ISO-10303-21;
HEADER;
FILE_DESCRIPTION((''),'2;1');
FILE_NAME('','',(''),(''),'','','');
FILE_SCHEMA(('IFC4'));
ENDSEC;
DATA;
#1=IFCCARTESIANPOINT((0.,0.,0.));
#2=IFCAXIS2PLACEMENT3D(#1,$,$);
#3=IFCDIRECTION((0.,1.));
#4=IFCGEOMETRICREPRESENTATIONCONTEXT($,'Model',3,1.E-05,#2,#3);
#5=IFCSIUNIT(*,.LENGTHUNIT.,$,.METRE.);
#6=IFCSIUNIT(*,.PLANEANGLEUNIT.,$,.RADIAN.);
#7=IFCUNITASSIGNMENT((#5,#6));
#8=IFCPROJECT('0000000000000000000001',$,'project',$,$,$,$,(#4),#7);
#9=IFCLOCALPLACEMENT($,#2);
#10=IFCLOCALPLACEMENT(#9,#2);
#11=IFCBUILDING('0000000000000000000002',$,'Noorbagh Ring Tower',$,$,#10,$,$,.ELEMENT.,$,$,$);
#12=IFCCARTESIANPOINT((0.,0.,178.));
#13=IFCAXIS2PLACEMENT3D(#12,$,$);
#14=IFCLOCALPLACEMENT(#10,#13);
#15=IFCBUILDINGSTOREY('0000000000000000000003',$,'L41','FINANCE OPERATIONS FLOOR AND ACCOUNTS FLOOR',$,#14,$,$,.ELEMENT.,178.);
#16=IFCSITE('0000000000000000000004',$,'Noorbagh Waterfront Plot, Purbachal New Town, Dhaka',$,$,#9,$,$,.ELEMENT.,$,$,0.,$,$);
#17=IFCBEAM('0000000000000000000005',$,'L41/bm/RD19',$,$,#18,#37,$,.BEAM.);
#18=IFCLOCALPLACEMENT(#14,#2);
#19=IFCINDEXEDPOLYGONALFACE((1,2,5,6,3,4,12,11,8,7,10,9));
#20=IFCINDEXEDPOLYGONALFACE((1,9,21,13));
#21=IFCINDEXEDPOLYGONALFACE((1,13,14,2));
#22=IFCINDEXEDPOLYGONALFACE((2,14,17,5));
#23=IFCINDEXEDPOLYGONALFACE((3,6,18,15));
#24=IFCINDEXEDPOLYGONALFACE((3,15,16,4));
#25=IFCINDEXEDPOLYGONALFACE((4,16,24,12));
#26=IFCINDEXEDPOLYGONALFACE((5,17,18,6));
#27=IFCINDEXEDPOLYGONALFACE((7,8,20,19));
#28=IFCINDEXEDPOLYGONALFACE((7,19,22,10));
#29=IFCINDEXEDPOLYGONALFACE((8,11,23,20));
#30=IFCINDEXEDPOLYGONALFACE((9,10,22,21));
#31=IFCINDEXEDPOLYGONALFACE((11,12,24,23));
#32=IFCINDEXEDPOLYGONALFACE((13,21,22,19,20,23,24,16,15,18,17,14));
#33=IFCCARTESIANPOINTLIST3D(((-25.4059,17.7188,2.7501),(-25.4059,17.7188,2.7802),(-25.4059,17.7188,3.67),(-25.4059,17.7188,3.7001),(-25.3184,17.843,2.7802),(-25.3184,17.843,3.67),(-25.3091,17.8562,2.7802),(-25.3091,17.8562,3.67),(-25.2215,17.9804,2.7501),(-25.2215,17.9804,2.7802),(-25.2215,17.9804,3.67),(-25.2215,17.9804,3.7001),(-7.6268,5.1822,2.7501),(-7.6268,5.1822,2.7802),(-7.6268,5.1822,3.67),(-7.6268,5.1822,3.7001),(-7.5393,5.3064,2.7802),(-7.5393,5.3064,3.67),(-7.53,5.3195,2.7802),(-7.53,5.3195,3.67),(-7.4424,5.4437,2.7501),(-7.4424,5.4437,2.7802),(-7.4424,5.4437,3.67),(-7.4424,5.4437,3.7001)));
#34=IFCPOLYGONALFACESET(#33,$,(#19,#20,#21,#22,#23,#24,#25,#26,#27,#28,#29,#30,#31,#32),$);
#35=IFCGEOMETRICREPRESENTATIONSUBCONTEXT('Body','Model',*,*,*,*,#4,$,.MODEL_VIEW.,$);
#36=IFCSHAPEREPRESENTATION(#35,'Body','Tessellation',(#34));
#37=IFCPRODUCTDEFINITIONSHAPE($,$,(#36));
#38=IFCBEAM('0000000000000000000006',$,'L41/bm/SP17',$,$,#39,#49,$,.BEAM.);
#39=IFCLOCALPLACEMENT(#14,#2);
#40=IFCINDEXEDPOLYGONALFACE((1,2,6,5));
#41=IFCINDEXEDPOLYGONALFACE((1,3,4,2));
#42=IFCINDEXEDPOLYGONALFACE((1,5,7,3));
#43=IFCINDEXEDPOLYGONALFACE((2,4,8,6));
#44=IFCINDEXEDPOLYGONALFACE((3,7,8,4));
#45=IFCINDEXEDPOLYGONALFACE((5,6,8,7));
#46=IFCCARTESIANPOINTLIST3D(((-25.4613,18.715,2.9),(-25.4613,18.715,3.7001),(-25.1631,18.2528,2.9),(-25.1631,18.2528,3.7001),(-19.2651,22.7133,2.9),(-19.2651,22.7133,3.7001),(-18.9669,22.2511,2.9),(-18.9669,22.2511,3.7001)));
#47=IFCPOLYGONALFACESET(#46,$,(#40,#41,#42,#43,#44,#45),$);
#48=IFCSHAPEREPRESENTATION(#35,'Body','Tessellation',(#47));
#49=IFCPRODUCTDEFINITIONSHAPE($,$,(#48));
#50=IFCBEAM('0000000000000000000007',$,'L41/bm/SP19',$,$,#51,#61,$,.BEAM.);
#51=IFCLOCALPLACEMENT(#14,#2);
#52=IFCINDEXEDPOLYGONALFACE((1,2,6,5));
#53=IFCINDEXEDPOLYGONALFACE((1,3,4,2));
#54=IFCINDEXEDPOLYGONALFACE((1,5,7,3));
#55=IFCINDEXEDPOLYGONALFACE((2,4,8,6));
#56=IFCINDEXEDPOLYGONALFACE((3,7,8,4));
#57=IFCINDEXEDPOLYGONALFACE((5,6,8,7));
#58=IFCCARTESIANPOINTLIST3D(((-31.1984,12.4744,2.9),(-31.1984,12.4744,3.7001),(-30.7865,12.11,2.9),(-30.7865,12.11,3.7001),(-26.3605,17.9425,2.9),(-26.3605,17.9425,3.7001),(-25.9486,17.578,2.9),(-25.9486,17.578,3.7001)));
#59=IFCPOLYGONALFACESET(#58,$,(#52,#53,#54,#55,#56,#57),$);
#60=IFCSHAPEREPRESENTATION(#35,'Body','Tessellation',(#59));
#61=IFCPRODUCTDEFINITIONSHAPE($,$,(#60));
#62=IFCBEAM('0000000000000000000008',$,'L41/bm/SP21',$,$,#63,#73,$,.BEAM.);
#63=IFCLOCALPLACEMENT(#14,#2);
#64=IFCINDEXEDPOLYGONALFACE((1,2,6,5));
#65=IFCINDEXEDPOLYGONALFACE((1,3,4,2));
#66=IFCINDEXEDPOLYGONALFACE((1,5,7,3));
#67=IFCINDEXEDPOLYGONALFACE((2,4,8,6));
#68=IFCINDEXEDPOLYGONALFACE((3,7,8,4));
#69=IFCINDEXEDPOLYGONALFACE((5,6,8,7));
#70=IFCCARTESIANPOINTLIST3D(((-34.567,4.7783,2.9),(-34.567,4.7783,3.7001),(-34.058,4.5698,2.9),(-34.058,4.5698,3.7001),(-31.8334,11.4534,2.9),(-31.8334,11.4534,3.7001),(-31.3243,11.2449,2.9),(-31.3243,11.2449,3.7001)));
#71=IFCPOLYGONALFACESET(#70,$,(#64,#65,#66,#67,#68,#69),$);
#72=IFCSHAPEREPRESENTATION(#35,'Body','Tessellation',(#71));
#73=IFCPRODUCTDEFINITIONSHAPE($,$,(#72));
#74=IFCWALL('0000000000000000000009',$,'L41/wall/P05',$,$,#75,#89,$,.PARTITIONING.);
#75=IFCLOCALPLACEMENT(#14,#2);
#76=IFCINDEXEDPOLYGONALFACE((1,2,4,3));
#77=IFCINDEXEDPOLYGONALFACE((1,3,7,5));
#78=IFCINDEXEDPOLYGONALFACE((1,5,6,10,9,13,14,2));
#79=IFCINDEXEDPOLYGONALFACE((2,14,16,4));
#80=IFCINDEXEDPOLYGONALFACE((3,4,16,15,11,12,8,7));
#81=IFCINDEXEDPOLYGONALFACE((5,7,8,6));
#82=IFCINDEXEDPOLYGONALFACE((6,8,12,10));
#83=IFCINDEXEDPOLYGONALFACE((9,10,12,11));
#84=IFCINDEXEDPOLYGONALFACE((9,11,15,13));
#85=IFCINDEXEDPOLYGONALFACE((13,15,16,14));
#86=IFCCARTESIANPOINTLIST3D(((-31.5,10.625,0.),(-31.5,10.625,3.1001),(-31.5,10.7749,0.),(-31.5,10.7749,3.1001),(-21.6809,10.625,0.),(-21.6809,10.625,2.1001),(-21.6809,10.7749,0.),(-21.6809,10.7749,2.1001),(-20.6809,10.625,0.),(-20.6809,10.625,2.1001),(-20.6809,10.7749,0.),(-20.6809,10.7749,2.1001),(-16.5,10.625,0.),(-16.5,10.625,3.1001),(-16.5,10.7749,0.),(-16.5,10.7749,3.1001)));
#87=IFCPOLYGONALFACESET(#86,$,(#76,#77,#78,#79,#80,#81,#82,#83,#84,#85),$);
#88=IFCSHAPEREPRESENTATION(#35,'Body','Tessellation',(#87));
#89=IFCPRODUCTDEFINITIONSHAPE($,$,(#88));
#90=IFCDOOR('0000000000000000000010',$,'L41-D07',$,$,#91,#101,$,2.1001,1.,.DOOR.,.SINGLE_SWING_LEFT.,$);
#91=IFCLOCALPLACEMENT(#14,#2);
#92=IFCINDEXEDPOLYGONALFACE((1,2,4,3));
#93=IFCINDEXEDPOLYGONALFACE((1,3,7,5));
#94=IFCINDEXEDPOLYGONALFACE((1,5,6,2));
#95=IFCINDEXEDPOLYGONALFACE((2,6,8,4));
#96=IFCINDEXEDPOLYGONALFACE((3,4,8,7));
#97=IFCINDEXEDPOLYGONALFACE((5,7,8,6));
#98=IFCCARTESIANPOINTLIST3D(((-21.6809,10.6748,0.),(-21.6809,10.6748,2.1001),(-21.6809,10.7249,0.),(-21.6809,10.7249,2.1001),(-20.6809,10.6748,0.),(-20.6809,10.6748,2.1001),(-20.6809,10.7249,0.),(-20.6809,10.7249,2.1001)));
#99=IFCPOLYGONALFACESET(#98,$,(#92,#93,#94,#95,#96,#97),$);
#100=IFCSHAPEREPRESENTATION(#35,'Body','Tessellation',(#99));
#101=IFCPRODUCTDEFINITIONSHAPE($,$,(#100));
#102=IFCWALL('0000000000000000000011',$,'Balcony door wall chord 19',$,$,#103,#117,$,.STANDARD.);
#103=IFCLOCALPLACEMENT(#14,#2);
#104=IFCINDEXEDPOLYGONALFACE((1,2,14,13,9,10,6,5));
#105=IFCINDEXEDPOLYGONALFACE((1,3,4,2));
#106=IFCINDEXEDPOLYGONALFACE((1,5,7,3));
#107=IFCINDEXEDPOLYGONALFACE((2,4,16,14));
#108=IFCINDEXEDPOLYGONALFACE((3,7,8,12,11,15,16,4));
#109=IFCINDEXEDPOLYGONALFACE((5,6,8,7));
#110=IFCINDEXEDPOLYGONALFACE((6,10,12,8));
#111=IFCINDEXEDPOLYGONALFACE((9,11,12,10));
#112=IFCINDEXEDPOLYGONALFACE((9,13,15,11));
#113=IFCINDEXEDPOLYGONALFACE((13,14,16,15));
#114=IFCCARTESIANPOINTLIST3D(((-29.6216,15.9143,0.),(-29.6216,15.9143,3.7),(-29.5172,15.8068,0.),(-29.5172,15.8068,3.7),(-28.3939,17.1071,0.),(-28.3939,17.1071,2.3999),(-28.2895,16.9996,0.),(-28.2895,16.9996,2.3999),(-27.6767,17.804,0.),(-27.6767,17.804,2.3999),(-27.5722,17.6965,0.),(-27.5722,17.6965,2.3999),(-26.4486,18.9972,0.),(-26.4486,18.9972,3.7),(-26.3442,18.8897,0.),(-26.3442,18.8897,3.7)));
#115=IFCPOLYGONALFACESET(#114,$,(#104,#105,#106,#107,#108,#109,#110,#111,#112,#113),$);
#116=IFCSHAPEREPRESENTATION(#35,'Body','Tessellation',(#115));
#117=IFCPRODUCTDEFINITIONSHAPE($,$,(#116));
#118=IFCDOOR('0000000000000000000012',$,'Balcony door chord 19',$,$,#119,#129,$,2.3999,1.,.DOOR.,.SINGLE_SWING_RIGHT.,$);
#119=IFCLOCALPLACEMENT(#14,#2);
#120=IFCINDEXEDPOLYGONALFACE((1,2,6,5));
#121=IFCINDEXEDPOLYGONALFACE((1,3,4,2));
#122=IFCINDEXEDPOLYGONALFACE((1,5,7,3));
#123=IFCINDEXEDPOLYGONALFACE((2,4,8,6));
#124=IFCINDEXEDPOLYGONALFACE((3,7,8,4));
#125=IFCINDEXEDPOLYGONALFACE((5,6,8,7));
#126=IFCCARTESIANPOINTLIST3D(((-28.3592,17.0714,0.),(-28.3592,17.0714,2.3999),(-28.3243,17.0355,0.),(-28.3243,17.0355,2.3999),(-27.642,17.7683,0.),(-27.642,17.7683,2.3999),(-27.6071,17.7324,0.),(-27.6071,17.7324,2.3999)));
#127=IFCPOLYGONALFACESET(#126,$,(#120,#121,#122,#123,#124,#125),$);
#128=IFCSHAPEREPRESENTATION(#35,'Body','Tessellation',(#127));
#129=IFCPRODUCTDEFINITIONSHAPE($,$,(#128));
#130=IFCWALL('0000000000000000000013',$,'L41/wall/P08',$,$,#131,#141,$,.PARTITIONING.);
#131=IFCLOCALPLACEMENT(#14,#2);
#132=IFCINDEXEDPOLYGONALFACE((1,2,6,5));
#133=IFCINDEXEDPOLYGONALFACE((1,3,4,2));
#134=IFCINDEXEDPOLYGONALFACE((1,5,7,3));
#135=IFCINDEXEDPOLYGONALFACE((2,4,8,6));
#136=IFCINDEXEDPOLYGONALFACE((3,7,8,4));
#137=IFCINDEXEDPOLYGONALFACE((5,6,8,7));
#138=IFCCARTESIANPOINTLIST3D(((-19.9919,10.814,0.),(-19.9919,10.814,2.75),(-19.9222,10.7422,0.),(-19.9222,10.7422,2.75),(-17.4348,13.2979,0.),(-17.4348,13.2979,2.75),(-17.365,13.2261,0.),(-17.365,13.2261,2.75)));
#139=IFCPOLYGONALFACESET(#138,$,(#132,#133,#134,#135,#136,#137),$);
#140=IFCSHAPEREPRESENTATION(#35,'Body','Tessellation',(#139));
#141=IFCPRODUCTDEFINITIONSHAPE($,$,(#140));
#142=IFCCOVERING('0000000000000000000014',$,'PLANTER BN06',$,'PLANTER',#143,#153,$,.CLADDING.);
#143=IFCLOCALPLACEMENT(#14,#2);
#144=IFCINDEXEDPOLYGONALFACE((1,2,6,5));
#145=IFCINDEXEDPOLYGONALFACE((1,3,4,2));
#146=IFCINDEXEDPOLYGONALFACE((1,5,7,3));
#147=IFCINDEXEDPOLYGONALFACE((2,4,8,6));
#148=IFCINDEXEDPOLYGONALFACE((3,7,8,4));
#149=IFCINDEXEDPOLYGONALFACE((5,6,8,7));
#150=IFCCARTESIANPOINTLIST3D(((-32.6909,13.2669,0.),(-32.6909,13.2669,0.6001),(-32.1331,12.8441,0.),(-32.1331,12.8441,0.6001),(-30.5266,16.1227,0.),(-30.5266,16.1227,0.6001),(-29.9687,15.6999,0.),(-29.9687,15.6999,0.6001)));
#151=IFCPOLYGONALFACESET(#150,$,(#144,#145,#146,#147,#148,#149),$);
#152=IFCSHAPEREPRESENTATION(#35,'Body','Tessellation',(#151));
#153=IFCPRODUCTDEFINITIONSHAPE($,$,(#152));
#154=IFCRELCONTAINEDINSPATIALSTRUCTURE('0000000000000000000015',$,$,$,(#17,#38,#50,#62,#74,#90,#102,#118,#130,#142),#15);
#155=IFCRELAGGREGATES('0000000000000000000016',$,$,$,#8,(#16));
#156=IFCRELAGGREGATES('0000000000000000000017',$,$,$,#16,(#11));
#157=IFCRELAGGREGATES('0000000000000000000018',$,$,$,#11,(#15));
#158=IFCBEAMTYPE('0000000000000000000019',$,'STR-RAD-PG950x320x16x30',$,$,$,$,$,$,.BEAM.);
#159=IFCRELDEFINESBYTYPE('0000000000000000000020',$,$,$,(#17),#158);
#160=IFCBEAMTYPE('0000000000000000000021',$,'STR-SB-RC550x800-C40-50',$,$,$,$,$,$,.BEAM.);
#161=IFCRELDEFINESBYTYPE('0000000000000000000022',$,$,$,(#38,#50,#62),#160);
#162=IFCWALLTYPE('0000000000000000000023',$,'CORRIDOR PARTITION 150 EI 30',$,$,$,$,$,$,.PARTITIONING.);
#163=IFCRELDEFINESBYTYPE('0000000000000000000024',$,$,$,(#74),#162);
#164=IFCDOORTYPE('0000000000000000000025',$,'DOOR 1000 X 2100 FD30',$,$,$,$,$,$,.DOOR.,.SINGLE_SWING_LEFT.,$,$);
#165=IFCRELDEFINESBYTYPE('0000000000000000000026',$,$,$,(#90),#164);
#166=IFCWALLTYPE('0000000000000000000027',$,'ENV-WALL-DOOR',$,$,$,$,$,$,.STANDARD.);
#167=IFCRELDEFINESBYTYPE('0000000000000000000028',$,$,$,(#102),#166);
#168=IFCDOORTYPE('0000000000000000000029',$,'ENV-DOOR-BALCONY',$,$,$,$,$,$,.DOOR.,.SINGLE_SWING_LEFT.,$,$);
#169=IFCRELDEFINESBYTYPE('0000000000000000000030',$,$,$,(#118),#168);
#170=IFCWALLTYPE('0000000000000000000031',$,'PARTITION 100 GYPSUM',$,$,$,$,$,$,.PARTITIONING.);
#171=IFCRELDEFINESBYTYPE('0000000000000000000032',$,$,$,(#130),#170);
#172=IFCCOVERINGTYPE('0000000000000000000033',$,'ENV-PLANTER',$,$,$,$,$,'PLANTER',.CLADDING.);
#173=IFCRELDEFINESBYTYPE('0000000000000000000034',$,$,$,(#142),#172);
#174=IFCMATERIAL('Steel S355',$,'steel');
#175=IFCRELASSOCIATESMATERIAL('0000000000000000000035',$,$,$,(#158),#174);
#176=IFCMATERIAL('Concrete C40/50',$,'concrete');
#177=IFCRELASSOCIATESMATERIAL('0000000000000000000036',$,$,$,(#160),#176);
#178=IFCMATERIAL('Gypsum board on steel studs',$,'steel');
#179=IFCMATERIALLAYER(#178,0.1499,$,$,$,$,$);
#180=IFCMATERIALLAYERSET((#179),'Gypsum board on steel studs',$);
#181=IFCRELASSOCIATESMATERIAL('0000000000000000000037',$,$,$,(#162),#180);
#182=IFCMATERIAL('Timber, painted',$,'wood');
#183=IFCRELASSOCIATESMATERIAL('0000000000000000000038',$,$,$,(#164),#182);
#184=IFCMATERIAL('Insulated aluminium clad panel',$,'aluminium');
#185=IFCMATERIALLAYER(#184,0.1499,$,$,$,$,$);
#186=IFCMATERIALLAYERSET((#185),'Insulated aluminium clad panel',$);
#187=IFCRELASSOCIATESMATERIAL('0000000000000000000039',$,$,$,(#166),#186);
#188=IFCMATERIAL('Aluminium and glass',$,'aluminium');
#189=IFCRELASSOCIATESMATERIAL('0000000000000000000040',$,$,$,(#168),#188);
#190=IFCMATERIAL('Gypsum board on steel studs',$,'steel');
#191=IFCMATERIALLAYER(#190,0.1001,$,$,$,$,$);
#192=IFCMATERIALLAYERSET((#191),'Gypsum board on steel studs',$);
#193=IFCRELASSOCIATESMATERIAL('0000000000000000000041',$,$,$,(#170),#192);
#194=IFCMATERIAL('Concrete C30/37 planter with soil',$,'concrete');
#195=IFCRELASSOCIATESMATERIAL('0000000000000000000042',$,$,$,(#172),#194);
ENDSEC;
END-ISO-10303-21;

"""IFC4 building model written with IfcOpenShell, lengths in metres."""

from ifc_helpers import new_model, si_unit, direction, frame, frame_2d, origin, origin_2d, place, context, subcontext, project, spatial, rectangle, i_section, extrude, material, layer, layer_set, material_profile, profile_set, type_object, element, fill, save


model = new_model("IFC4")

# Units and contexts
model_context = context("Model", 3, precision=1e-05, world=origin(), true_north=direction((0.0, 1.0)))
body_context = subcontext(model_context, "Body", "Model", "MODEL_VIEW")
ifc_project = project(units=[si_unit("LENGTHUNIT", "METRE"), si_unit("PLANEANGLEUNIT", "RADIAN")], contexts=[model_context])

# Site, building, storey
site_placement = place(None, origin())
site = spatial("IfcSite", under=ifc_project, at=site_placement, Name="Noorbagh Waterfront Plot, Purbachal New Town, Dhaka", CompositionType="ELEMENT", RefElevation=0.0)
building_placement = place(site_placement, origin())
building = spatial("IfcBuilding", under=site, at=building_placement, Name="Noorbagh Ring Tower", CompositionType="ELEMENT")
storey_placement = place(building_placement, frame((0.0, 0.0, 178.0)))
storey = spatial("IfcBuildingStorey", under=building, at=storey_placement, Name="L41", Description="FINANCE OPERATIONS FLOOR AND ACCOUNTS FLOOR", CompositionType="ELEMENT", Elevation=178.0)

# Beams
ifc_material_1 = material(Name="Steel S355", Category="steel")
ifc_material_profile_1 = material_profile(ifc_material_1, i_section(OverallWidth=0.3201, OverallDepth=0.95, WebThickness=0.0161, FlangeThickness=0.03, at=origin_2d()), Name="PG950x320x16x30")
ifc_profile_set_1 = profile_set([ifc_material_profile_1], Name="Steel S355")
beam_type_1 = type_object("IfcBeamType", Name="STR-RAD-PG950x320x16x30", PredefinedType="BEAM", material=ifc_profile_set_1)
beam_1_placement = place(storey_placement, frame((-25.3137, 17.8496, 3.2251), z_axis=(0.817256, -0.576275, 0.0), x_axis=(0.576275, 0.817256, 0.0)))
element("IfcBeam", 1, at=beam_1_placement, inside=storey, type_object=beam_type_1, Name="L41/bm/RD19", PredefinedType="BEAM", context=body_context, shape_type="SweptSolid", body=[
    extrude(i_section(OverallWidth=0.3201, OverallDepth=0.95, WebThickness=0.0161, FlangeThickness=0.03, at=origin_2d()), origin(), (0.0, 0.0, 1.0), 21.7546),
])
ifc_material_2 = material(Name="Concrete C40/50", Category="concrete")
ifc_material_profile_2 = material_profile(ifc_material_2, rectangle(XDim=0.55, YDim=0.8, at=origin_2d()), Name="RC550x800")
ifc_profile_set_2 = profile_set([ifc_material_profile_2], Name="Concrete C40/50")
beam_type_2 = type_object("IfcBeamType", Name="STR-SB-RC550x800-C40-50", PredefinedType="BEAM", material=ifc_profile_set_2)
beam_2_placement = place(storey_placement, frame((-19.116, 22.4822, 3.3), z_axis=(-0.840254, -0.542192, 0.0), x_axis=(0.542192, -0.840254, 0.0)))
element("IfcBeam", 2, at=beam_2_placement, inside=storey, type_object=beam_type_2, Name="L41/bm/SP17", PredefinedType="BEAM", context=body_context, shape_type="SweptSolid", body=[
    extrude(rectangle(XDim=0.55, YDim=0.8, at=origin_2d()), origin(), (0.0, 0.0, 1.0), 7.3743),
])
beam_3_placement = place(storey_placement, frame((-26.1545, 17.7603, 3.3), z_axis=(-0.662635, -0.748942, 0.0), x_axis=(0.748942, -0.662635, 0.0)))
element("IfcBeam", 3, at=beam_3_placement, inside=storey, type_object=beam_type_2, Name="L41/bm/SP19", PredefinedType="BEAM", context=body_context, shape_type="SweptSolid", body=[
    extrude(rectangle(XDim=0.55, YDim=0.8, at=origin_2d()), origin(), (0.0, 0.0, 1.0), 7.301),
])
beam_4_placement = place(storey_placement, frame((-31.5789, 11.3491, 3.3), z_axis=(-0.378982, -0.925404, 0.0), x_axis=(0.925404, -0.378982, 0.0)))
element("IfcBeam", 4, at=beam_4_placement, inside=storey, type_object=beam_type_2, Name="L41/bm/SP21", PredefinedType="BEAM", context=body_context, shape_type="SweptSolid", body=[
    extrude(rectangle(XDim=0.55, YDim=0.8, at=origin_2d()), origin(), (0.0, 0.0, 1.0), 7.2131),
])

# Walls, openings, doors
ifc_material_3 = material(Name="Gypsum board on steel studs", Category="steel")
ifc_layer_1 = layer(ifc_material_3, 0.1499)
ifc_layer_set_1 = layer_set([ifc_layer_1], Name="Gypsum board on steel studs")
wall_type_1 = type_object("IfcWallType", Name="CORRIDOR PARTITION 150 EI 30", PredefinedType="PARTITIONING", material=ifc_layer_set_1)
wall_1_placement = place(storey_placement, frame((-31.5, 10.7, 0.0), z_axis=(0.0, 0.0, 1.0), x_axis=(1.0, 0.0, 0.0)))
wall_1 = element("IfcWall", 5, at=wall_1_placement, inside=storey, type_object=wall_type_1, Name="L41/wall/P05", PredefinedType="PARTITIONING", context=body_context, shape_type="SweptSolid", body=[
    extrude(rectangle(XDim=15.0, YDim=0.1499, at=frame_2d((7.5, 0.0))), origin(), (0.0, 0.0, 1.0), 3.1001),
])
opening_1_placement = place(wall_1_placement, frame((9.8191, 0.0, 0.0)))
opening_1 = element("IfcOpeningElement", 6, at=opening_1_placement, cuts=wall_1, PredefinedType="OPENING", context=body_context, shape_type="SweptSolid", body=[
    extrude(rectangle(XDim=1.0, YDim=2.1001, at=frame_2d((0.5, 1.05))), frame((0.0, 0.085, 0.0), z_axis=(0.0, -1.0, 0.0), x_axis=(1.0, 0.0, 0.0)), (0.0, 0.0, 1.0), 0.1699),
])
ifc_material_4 = material(Name="Timber, painted", Category="wood")
door_type_1 = type_object("IfcDoorType", Name="DOOR 1000 X 2100 FD30", OperationType="SINGLE_SWING_LEFT", PredefinedType="DOOR", material=ifc_material_4)
door_1_placement = place(opening_1_placement, origin())
door_1 = element("IfcDoor", 7, at=door_1_placement, inside=storey, type_object=door_type_1, Name="L41-D07", OperationType="SINGLE_SWING_LEFT", OverallHeight=2.1001, OverallWidth=1.0, PredefinedType="DOOR", context=body_context, shape_type="SweptSolid", body=[
    extrude(rectangle(XDim=1.0, YDim=2.1001, at=frame_2d((0.5, 1.05))), frame((0.0, 0.0249, 0.0), z_axis=(0.0, -1.0, 0.0), x_axis=(1.0, 0.0, 0.0)), (0.0, 0.0, 1.0), 0.05),
])
fill(opening_1, door_1)
ifc_material_5 = material(Name="Insulated aluminium clad panel", Category="aluminium")
ifc_layer_2 = layer(ifc_material_5, 0.1499)
ifc_layer_set_2 = layer_set([ifc_layer_2], Name="Insulated aluminium clad panel")
wall_type_2 = type_object("IfcWallType", Name="ENV-WALL-DOOR", PredefinedType="STANDARD", material=ifc_layer_set_2)
wall_2_placement = place(storey_placement, frame((-26.3965, 18.9434, 0.0), z_axis=(0.0, 0.0, 1.0), x_axis=(-0.717215, -0.696852, 0.0)))
wall_2 = element("IfcWall", 8, at=wall_2_placement, inside=storey, type_object=wall_type_2, Name="Balcony door wall chord 19", PredefinedType="STANDARD", context=body_context, shape_type="SweptSolid", body=[
    extrude(rectangle(XDim=4.4241, YDim=0.1499, at=frame_2d((2.2119, 0.0))), origin(), (0.0, 0.0, 1.0), 3.7),
])
opening_2_placement = place(wall_2_placement, frame((1.7122, 0.0, 0.0)))
opening_2 = element("IfcOpeningElement", 9, at=opening_2_placement, cuts=wall_2, PredefinedType="OPENING", context=body_context, shape_type="SweptSolid", body=[
    extrude(rectangle(XDim=1.0, YDim=2.3999, at=frame_2d((0.5, 1.2))), frame((0.0, 0.085, 0.0), z_axis=(0.0, -1.0, 0.0), x_axis=(1.0, 0.0, 0.0)), (0.0, 0.0, 1.0), 0.1699),
])
ifc_material_6 = material(Name="Aluminium and glass", Category="aluminium")
door_type_2 = type_object("IfcDoorType", Name="ENV-DOOR-BALCONY", OperationType="SINGLE_SWING_LEFT", PredefinedType="DOOR", material=ifc_material_6)
door_2_placement = place(opening_2_placement, origin())
door_2 = element("IfcDoor", 10, at=door_2_placement, inside=storey, type_object=door_type_2, Name="Balcony door chord 19", OperationType="SINGLE_SWING_RIGHT", OverallHeight=2.3999, OverallWidth=1.0, PredefinedType="DOOR", context=body_context, shape_type="SweptSolid", body=[
    extrude(rectangle(XDim=1.0, YDim=2.3999, at=frame_2d((0.5, 1.2))), frame((0.0, 0.0249, 0.0), z_axis=(0.0, -1.0, 0.0), x_axis=(1.0, 0.0, 0.0)), (0.0, 0.0, 1.0), 0.05),
])
fill(opening_2, door_2)

# Wall
ifc_material_7 = material(Name="Gypsum board on steel studs", Category="steel")
ifc_layer_3 = layer(ifc_material_7, 0.1001)
ifc_layer_set_3 = layer_set([ifc_layer_3], Name="Gypsum board on steel studs")
wall_type_3 = type_object("IfcWallType", Name="PARTITION 100 GYPSUM", PredefinedType="PARTITIONING", material=ifc_layer_set_3)
wall_3_placement = place(storey_placement, frame((-19.957, 10.7781, 0.0), z_axis=(0.0, 0.0, 1.0), x_axis=(0.717305, 0.69676, 0.0)))
element("IfcWall", 11, at=wall_3_placement, inside=storey, type_object=wall_type_3, Name="L41/wall/P08", PredefinedType="PARTITIONING", context=body_context, shape_type="SweptSolid", body=[
    extrude(rectangle(XDim=3.5649, YDim=0.1001, at=frame_2d((1.7825, 0.0))), origin(), (0.0, 0.0, 1.0), 2.75),
])

# Covering
ifc_material_8 = material(Name="Concrete C30/37 planter with soil", Category="concrete")
covering_type = type_object("IfcCoveringType", Name="ENV-PLANTER", ElementType="PLANTER", PredefinedType="CLADDING", material=ifc_material_8)
covering_placement = place(storey_placement, frame((-31.3298, 14.4834, 0.0), z_axis=(0.0, 0.0, 1.0), x_axis=(-0.60402, -0.796969, 0.0)))
element("IfcCovering", 12, at=covering_placement, inside=storey, type_object=covering_type, Name="PLANTER BN06", ObjectType="PLANTER", PredefinedType="CLADDING", context=body_context, shape_type="SweptSolid", body=[
    extrude(rectangle(XDim=3.5833, YDim=0.7, at=origin_2d()), origin(), (0.0, 0.0, 1.0), 0.6001),
])

save(model, "model.ifc")
